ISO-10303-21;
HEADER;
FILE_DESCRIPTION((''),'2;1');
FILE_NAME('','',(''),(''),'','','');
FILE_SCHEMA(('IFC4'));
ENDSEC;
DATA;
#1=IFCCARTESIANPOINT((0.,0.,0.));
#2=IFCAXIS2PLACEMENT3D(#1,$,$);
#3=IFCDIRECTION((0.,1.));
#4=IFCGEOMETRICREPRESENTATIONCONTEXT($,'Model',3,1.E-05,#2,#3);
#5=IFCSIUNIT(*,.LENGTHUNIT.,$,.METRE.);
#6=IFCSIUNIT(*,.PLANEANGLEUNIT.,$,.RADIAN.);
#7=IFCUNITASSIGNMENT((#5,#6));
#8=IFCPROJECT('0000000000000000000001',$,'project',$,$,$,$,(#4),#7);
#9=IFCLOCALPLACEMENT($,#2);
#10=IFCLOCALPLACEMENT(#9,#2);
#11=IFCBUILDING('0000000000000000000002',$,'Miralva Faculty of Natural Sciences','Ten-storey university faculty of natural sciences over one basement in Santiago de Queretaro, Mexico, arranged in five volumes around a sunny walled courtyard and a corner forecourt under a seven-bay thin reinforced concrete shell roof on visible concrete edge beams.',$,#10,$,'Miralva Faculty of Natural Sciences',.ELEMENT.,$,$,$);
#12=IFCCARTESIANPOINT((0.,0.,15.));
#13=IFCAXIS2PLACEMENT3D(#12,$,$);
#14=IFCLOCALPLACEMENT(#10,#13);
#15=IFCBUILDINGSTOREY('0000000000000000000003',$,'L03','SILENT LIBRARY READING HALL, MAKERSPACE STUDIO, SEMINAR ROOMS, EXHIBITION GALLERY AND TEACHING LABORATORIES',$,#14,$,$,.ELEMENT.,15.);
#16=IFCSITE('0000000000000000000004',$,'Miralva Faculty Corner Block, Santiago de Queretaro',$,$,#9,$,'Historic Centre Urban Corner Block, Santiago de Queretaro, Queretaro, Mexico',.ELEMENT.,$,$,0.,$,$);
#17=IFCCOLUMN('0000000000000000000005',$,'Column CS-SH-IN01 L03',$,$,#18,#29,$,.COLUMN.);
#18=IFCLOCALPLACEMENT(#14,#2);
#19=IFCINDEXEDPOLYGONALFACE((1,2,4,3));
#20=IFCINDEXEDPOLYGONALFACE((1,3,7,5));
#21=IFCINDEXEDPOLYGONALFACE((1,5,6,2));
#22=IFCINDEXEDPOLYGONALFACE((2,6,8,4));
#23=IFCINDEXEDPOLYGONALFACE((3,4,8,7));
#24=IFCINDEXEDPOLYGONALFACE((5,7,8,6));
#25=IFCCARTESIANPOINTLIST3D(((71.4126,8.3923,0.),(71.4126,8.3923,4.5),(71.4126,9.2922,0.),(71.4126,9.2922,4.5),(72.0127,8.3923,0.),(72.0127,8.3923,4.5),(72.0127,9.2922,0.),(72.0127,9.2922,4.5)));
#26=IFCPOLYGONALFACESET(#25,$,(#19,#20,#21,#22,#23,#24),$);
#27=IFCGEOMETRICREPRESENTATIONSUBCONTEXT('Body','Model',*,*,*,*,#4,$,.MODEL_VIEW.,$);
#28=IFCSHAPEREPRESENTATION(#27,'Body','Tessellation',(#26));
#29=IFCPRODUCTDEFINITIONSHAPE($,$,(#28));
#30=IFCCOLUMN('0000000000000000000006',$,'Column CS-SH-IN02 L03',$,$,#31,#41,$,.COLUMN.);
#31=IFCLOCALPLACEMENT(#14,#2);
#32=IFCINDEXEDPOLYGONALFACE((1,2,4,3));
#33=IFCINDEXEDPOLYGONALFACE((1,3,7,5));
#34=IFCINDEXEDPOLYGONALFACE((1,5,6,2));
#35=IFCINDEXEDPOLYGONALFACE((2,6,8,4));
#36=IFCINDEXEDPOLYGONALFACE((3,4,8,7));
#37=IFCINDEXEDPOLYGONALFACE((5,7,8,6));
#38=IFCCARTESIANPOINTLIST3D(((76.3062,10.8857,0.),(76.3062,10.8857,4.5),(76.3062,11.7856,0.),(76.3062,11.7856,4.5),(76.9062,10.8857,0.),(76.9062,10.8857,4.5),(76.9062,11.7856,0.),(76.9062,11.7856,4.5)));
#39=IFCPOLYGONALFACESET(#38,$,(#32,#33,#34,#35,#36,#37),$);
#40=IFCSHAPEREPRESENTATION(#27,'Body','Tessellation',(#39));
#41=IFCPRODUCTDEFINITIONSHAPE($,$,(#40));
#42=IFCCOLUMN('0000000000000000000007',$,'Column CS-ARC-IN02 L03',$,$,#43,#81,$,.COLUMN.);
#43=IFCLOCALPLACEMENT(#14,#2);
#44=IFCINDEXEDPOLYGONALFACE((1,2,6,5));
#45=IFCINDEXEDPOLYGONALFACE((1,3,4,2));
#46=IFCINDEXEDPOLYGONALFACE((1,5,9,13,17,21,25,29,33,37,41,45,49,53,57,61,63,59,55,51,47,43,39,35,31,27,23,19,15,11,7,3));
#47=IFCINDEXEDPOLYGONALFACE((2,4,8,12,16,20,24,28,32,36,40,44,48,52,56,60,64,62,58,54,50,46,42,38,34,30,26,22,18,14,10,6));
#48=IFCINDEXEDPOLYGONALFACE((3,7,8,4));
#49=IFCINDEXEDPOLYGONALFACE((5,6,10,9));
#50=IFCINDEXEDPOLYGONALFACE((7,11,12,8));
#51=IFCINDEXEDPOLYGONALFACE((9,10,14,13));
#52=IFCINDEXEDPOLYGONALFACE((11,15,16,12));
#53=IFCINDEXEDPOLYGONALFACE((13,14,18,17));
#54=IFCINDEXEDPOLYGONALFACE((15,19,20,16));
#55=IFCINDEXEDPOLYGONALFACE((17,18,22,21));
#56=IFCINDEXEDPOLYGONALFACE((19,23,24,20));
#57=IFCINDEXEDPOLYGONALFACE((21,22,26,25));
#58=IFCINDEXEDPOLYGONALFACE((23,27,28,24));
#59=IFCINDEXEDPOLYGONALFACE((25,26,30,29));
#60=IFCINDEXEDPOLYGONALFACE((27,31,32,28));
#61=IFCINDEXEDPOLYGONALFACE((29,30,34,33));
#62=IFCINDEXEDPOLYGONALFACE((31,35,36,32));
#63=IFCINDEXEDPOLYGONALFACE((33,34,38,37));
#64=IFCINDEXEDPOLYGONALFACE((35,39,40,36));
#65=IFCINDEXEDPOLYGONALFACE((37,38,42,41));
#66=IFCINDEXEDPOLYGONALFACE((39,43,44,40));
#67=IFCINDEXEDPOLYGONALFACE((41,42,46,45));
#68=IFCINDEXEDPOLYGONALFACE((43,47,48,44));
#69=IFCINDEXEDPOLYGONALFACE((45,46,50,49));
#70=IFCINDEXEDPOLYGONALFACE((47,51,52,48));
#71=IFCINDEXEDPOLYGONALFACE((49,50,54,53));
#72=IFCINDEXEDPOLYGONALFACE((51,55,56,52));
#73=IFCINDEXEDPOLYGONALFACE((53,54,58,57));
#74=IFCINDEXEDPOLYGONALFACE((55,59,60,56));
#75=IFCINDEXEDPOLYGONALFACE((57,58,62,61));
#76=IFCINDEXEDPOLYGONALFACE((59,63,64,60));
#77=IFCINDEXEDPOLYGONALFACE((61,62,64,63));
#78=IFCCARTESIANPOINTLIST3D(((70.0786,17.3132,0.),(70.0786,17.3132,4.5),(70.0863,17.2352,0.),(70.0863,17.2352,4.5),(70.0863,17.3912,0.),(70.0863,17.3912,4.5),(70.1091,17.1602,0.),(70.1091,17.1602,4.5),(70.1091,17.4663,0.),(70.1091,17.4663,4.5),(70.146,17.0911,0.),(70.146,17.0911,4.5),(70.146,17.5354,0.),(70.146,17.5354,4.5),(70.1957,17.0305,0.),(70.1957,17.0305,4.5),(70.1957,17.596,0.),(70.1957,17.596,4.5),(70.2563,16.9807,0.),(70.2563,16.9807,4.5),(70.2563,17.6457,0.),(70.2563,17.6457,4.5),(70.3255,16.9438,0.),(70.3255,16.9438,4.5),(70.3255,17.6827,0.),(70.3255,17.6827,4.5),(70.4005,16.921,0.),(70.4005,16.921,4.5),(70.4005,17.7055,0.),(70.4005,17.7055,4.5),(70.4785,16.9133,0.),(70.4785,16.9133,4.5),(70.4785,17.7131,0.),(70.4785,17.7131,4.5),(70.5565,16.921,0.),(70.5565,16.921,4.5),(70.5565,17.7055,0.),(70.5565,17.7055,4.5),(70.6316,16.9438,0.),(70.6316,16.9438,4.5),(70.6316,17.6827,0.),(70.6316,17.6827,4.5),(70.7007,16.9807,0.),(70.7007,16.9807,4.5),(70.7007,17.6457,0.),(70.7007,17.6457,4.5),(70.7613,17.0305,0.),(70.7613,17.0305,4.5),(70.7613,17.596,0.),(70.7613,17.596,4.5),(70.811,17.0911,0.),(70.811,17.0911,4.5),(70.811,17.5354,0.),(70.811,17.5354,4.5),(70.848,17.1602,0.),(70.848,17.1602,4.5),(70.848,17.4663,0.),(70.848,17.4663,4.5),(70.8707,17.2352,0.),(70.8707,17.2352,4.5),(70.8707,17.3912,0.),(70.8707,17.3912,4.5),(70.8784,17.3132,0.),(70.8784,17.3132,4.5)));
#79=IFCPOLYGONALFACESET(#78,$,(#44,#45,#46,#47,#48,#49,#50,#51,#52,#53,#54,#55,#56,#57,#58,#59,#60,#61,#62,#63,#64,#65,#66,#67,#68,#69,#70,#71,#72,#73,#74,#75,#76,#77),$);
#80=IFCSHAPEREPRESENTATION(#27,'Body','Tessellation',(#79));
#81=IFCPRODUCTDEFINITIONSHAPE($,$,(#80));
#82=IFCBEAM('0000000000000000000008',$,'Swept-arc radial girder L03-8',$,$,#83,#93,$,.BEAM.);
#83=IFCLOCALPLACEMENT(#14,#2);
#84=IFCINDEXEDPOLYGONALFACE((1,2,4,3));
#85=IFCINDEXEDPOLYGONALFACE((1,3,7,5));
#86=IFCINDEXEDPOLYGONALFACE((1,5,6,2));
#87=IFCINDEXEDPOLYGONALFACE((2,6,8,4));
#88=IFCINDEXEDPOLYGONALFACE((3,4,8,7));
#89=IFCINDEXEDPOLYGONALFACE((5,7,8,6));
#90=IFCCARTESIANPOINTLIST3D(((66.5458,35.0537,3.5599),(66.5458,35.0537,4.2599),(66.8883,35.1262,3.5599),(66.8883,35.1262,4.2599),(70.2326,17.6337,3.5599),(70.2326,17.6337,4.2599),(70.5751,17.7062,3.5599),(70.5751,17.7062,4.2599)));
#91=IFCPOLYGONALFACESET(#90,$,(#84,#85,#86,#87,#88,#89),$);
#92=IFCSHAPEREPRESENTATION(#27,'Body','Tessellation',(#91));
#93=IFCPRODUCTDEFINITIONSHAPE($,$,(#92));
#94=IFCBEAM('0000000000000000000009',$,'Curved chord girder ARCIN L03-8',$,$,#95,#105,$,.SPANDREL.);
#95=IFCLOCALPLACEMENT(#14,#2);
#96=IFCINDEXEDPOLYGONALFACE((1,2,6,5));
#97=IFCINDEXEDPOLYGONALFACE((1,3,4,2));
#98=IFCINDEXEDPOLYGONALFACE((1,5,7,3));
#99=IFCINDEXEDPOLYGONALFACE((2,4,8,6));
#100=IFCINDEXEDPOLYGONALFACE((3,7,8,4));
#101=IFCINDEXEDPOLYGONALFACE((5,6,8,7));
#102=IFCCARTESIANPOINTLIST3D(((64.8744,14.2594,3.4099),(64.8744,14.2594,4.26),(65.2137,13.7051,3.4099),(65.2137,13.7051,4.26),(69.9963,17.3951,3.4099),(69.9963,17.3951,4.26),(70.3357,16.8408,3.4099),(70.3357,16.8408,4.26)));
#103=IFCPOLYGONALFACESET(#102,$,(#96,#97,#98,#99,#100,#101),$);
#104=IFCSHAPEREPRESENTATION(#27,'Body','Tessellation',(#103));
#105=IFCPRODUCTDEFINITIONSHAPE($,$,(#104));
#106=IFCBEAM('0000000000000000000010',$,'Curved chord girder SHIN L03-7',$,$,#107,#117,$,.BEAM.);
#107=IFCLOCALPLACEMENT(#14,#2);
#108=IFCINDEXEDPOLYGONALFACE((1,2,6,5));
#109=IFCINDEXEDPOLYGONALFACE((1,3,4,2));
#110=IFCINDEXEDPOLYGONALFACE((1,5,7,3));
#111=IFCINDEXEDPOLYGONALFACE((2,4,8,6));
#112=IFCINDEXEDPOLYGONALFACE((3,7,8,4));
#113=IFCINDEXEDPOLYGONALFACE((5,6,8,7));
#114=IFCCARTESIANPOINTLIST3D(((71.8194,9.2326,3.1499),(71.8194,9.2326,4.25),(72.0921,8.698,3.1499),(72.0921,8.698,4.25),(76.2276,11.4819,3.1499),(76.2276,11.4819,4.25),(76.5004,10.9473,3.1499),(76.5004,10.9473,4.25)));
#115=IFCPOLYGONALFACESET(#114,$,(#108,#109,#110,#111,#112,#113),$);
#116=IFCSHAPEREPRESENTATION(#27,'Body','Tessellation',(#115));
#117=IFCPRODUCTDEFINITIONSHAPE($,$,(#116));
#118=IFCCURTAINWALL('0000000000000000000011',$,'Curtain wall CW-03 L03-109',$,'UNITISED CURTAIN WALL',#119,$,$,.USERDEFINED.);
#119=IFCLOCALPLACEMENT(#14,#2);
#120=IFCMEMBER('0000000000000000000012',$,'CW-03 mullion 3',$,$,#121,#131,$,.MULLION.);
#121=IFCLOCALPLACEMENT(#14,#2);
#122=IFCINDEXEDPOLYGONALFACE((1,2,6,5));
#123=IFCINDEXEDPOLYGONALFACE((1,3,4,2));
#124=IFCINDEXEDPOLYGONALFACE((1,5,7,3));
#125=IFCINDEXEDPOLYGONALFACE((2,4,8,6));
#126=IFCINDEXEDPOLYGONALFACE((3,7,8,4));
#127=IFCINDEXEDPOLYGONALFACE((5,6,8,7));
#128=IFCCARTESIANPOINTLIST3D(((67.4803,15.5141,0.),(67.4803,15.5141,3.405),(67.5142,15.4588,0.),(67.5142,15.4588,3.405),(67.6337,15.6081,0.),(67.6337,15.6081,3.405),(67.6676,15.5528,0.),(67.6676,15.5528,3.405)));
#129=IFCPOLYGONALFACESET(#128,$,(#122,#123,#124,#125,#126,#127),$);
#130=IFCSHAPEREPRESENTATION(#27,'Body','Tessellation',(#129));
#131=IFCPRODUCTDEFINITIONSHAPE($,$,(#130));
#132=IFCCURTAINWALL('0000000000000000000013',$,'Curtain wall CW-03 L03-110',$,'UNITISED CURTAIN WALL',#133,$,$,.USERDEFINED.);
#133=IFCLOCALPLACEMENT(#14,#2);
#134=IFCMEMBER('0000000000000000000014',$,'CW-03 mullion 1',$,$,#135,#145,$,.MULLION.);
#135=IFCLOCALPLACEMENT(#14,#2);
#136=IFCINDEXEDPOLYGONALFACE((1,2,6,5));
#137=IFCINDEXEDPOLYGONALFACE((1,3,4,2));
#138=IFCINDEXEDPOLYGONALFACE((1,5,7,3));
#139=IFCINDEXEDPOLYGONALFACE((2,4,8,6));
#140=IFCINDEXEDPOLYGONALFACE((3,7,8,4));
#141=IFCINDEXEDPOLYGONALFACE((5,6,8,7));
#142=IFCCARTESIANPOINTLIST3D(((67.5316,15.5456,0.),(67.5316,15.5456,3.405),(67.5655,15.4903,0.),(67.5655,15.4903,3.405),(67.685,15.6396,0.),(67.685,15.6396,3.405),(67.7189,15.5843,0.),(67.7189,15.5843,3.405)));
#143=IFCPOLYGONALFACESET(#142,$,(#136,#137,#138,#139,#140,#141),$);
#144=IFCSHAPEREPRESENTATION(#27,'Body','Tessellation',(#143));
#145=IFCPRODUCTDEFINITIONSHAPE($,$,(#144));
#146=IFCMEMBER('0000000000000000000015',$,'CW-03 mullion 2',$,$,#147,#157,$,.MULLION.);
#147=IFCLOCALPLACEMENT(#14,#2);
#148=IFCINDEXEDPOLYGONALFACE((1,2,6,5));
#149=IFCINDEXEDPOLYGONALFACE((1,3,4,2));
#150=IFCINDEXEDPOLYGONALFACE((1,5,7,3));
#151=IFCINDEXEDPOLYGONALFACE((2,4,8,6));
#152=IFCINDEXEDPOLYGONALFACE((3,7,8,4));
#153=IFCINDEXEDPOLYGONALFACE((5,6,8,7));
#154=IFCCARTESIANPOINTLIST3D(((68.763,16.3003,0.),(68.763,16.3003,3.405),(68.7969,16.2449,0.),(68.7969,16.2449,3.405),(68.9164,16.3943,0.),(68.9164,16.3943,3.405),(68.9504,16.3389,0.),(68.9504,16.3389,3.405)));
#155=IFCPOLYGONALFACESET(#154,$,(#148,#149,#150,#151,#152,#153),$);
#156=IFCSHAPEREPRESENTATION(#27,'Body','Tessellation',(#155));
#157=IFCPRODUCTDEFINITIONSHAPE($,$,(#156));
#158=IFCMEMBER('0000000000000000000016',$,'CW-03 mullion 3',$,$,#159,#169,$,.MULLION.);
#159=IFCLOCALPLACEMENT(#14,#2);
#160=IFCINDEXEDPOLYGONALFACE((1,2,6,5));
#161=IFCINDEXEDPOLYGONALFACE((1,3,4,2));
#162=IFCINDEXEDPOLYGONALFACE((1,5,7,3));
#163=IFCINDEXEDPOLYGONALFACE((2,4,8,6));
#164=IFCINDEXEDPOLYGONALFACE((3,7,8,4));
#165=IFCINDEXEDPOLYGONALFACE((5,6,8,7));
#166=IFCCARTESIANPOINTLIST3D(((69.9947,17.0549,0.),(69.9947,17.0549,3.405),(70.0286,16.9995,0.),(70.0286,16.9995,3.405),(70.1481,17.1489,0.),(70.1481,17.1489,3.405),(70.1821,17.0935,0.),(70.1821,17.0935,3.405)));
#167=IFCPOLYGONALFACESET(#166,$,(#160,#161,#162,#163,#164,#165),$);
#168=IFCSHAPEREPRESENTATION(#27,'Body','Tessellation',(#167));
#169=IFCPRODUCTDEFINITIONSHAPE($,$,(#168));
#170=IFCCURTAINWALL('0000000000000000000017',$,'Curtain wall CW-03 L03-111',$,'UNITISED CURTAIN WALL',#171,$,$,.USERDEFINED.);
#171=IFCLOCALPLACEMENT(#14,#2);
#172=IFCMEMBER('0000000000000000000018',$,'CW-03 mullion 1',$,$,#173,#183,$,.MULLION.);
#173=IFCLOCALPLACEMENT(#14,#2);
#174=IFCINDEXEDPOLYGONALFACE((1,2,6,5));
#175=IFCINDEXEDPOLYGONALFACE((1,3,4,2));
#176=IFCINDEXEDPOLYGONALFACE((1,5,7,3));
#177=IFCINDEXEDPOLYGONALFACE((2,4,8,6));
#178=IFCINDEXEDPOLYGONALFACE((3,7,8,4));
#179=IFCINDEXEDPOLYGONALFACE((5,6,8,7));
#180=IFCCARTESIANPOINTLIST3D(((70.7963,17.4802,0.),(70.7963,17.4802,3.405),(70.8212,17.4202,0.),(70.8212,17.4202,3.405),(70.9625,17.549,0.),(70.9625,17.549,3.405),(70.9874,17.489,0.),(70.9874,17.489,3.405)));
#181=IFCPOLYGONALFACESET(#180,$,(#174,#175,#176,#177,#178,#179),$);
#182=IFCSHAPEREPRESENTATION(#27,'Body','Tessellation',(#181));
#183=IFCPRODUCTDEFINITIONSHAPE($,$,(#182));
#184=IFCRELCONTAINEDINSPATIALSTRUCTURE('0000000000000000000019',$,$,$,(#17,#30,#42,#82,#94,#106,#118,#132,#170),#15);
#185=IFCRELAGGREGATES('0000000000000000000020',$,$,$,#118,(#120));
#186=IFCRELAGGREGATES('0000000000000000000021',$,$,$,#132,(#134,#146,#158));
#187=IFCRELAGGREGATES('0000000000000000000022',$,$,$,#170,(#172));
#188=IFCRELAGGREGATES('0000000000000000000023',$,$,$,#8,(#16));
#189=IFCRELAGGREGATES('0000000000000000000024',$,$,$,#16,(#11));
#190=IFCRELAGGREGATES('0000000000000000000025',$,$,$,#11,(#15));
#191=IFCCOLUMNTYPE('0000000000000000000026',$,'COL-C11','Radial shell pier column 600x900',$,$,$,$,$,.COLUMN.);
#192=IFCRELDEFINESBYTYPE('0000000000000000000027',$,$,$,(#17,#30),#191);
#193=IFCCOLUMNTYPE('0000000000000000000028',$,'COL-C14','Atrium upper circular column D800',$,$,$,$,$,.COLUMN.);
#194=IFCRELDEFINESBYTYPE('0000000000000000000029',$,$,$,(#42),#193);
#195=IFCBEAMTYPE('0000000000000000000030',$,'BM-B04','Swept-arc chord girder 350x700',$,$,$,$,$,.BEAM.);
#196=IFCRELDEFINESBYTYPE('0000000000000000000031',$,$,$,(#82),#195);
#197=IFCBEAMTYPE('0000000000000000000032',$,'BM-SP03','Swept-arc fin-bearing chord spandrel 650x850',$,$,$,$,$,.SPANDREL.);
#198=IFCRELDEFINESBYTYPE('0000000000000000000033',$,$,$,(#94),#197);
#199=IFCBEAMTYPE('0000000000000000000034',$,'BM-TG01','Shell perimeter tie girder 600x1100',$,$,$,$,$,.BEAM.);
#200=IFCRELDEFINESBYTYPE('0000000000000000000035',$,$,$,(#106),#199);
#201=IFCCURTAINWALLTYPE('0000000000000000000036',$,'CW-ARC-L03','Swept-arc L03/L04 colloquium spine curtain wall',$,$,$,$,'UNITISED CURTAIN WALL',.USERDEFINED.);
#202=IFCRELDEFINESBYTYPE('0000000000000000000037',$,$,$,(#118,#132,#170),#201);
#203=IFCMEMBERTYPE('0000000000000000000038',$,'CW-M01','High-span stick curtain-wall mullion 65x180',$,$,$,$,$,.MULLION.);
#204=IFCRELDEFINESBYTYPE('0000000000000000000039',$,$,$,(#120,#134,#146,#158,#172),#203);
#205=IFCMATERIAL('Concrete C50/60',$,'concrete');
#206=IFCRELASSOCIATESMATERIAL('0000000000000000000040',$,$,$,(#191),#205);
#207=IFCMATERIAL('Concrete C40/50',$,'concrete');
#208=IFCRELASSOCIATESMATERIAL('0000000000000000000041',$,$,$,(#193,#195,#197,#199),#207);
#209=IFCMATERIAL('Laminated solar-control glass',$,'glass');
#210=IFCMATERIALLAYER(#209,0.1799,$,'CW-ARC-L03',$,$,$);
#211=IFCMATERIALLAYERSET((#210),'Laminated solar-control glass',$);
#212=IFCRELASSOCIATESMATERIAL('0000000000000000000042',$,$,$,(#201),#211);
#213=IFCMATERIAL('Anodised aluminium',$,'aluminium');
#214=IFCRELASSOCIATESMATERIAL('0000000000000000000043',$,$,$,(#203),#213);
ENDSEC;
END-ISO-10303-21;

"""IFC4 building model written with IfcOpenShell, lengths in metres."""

from ifc_helpers import new_model, si_unit, direction, frame, origin, origin_2d, place, context, subcontext, project, spatial, rectangle, circle, extrude, material, layer, layer_set, material_profile, profile_set, type_object, element, aggregate, save


model = new_model("IFC4")

# Units and contexts
model_context = context("Model", 3, precision=1e-05, world=origin(), true_north=direction((0.0, 1.0)))
body_context = subcontext(model_context, "Body", "Model", "MODEL_VIEW")
ifc_project = project(units=[si_unit("LENGTHUNIT", "METRE"), si_unit("PLANEANGLEUNIT", "RADIAN")], contexts=[model_context])

# Site, building, storey
site_placement = place(None, origin())
site = spatial("IfcSite", under=ifc_project, at=site_placement, Name="Miralva Faculty Corner Block, Santiago de Queretaro", LongName="Historic Centre Urban Corner Block, Santiago de Queretaro, Queretaro, Mexico", CompositionType="ELEMENT", RefElevation=0.0)
building_placement = place(site_placement, origin())
building = spatial("IfcBuilding", under=site, at=building_placement, Name="Miralva Faculty of Natural Sciences", Description="Ten-storey university faculty of natural sciences over one basement in Santiago de Queretaro, Mexico, arranged in five volumes around a sunny walled courtyard and a corner forecourt under a seven-bay thin reinforced concrete shell roof on visible concrete edge beams.", LongName="Miralva Faculty of Natural Sciences", CompositionType="ELEMENT")
storey_placement = place(building_placement, frame((0.0, 0.0, 15.0)))
storey = spatial("IfcBuildingStorey", under=building, at=storey_placement, Name="L03", Description="SILENT LIBRARY READING HALL, MAKERSPACE STUDIO, SEMINAR ROOMS, EXHIBITION GALLERY AND TEACHING LABORATORIES", CompositionType="ELEMENT", Elevation=15.0)

# Columns
ifc_material_1 = material(Name="Concrete C50/60", Category="concrete")
ifc_material_profile_1 = material_profile(ifc_material_1, rectangle(XDim=0.6001, YDim=0.8999, at=origin_2d()), Name="RC 600x900")
ifc_profile_set_1 = profile_set([ifc_material_profile_1], Name="Concrete C50/60")
column_type_1 = type_object("IfcColumnType", Name="COL-C11", Description="Radial shell pier column 600x900", PredefinedType="COLUMN", material=ifc_profile_set_1)
for number, where, z_axis, x_axis, name in (
    (1, (71.7126, 8.8423, 0.0), (0.0, 0.0, 1.0), (1.0, 0.0, 0.0), "Column CS-SH-IN01 L03"),
    (2, (76.6062, 11.3357, 0.0), (0.0, 0.0, 1.0), (1.0, 0.0, 0.0), "Column CS-SH-IN02 L03"),
):
    element("IfcColumn", number, at=place(storey_placement, frame(where, z_axis=z_axis, x_axis=x_axis)), inside=storey, type_object=column_type_1, Name=name, PredefinedType="COLUMN", context=body_context, shape_type="SweptSolid", body=[
        extrude(rectangle(XDim=0.6001, YDim=0.8999, at=origin_2d()), origin(), (0.0, 0.0, 1.0), 4.5),
    ])
ifc_material_2 = material(Name="Concrete C40/50", Category="concrete")
ifc_material_profile_2 = material_profile(ifc_material_2, circle(Radius=0.3999, at=origin_2d()), Name="RC DIA 800")
ifc_profile_set_2 = profile_set([ifc_material_profile_2], Name="Concrete C40/50")
column_type_2 = type_object("IfcColumnType", Name="COL-C14", Description="Atrium upper circular column D800", PredefinedType="COLUMN", material=ifc_profile_set_2)
column_placement = place(storey_placement, frame((70.4785, 17.3132, 0.0), z_axis=(0.0, 0.0, 1.0), x_axis=(1.0, 0.0, 0.0)))
element("IfcColumn", 3, at=column_placement, inside=storey, type_object=column_type_2, Name="Column CS-ARC-IN02 L03", PredefinedType="COLUMN", context=body_context, shape_type="SweptSolid", body=[
    extrude(circle(Radius=0.3999, at=origin_2d()), origin(), (0.0, 0.0, 1.0), 4.5),
])

# Beams
ifc_material_profile_3 = material_profile(ifc_material_2, rectangle(XDim=0.3501, YDim=0.7, at=origin_2d()), Name="RC 350x700")
ifc_profile_set_3 = profile_set([ifc_material_profile_3], Name="Concrete C40/50")
beam_type_1 = type_object("IfcBeamType", Name="BM-B04", Description="Swept-arc chord girder 350x700", PredefinedType="BEAM", material=ifc_profile_set_3)
beam_1_placement = place(storey_placement, frame((70.4038, 17.6699, 3.9099), z_axis=(-0.207052, 0.97833, 0.0), x_axis=(-0.97833, -0.207052, 0.0)))
element("IfcBeam", 4, at=beam_1_placement, inside=storey, type_object=beam_type_1, Name="Swept-arc radial girder L03-8", PredefinedType="BEAM", context=body_context, shape_type="SweptSolid", body=[
    extrude(rectangle(XDim=0.3501, YDim=0.7, at=origin_2d()), origin(), (0.0, 0.0, 1.0), 17.8059),
])
ifc_material_profile_4 = material_profile(ifc_material_2, rectangle(XDim=0.6499, YDim=0.8501, at=origin_2d()), Name="RC 650x850")
ifc_profile_set_4 = profile_set([ifc_material_profile_4], Name="Concrete C40/50")
beam_type_2 = type_object("IfcBeamType", Name="BM-SP03", Description="Swept-arc fin-bearing chord spandrel 650x850", PredefinedType="SPANDREL", material=ifc_profile_set_4)
beam_2_placement = place(storey_placement, frame((70.166, 17.1179, 3.835), z_axis=(-0.852868, -0.522127, 0.0), x_axis=(0.522127, -0.852868, 0.0)))
element("IfcBeam", 5, at=beam_2_placement, inside=storey, type_object=beam_type_2, Name="Curved chord girder ARCIN L03-8", PredefinedType="SPANDREL", context=body_context, shape_type="SweptSolid", body=[
    extrude(rectangle(XDim=0.6499, YDim=0.8501, at=origin_2d()), origin(), (0.0, 0.0, 1.0), 6.0056),
])
ifc_material_profile_5 = material_profile(ifc_material_2, rectangle(XDim=0.6001, YDim=1.1001, at=origin_2d()), Name="RC 600x1100")
ifc_profile_set_5 = profile_set([ifc_material_profile_5], Name="Concrete C40/50")
beam_type_3 = type_object("IfcBeamType", Name="BM-TG01", Description="Shell perimeter tie girder 600x1100", PredefinedType="BEAM", material=ifc_profile_set_5)
beam_3_placement = place(storey_placement, frame((76.364, 11.2146, 3.7), z_axis=(-0.890747, -0.4545, 0.0), x_axis=(0.4545, -0.890747, 0.0)))
element("IfcBeam", 6, at=beam_3_placement, inside=storey, type_object=beam_type_3, Name="Curved chord girder SHIN L03-7", PredefinedType="BEAM", context=body_context, shape_type="SweptSolid", body=[
    extrude(rectangle(XDim=0.6001, YDim=1.1001, at=origin_2d()), origin(), (0.0, 0.0, 1.0), 4.949),
])

# Curtain wall, member
ifc_material_3 = material(Name="Laminated solar-control glass", Category="glass")
ifc_layer_1 = layer(ifc_material_3, 0.1799, Name="CW-ARC-L03")
ifc_layer_set_1 = layer_set([ifc_layer_1], Name="Laminated solar-control glass")
curtain_wall_type = type_object("IfcCurtainWallType", Name="CW-ARC-L03", Description="Swept-arc L03/L04 colloquium spine curtain wall", ElementType="UNITISED CURTAIN WALL", PredefinedType="USERDEFINED", material=ifc_layer_set_1)
curtain_wall_1_placement = place(storey_placement, origin())
curtain_wall_1 = element("IfcCurtainWall", 7, at=curtain_wall_1_placement, inside=storey, type_object=curtain_wall_type, Name="Curtain wall CW-03 L03-109", ObjectType="UNITISED CURTAIN WALL", PredefinedType="USERDEFINED")
ifc_material_4 = material(Name="Anodised aluminium", Category="aluminium")
ifc_material_profile_6 = material_profile(ifc_material_4, rectangle(XDim=0.0649, YDim=0.1799, at=origin_2d()), Name="MULLION 65x180")
ifc_profile_set_6 = profile_set([ifc_material_profile_6], Name="Anodised aluminium")
member_type_1 = type_object("IfcMemberType", Name="CW-M01", Description="High-span stick curtain-wall mullion 65x180", PredefinedType="MULLION", material=ifc_profile_set_6)
member_1_placement = place(storey_placement, frame((67.574, 15.5334, 0.0), z_axis=(0.0, 0.0, 1.0), x_axis=(-0.522498, 0.852641, 0.0)))
member_1 = element("IfcMember", 8, at=member_1_placement, type_object=member_type_1, Name="CW-03 mullion 3", PredefinedType="MULLION", context=body_context, shape_type="SweptSolid", body=[
    extrude(rectangle(XDim=0.0649, YDim=0.1799, at=origin_2d()), origin(), (0.0, 0.0, 1.0), 3.405),
])

# Curtain wall, members
curtain_wall_2_placement = place(storey_placement, origin())
curtain_wall_2 = element("IfcCurtainWall", 9, at=curtain_wall_2_placement, inside=storey, type_object=curtain_wall_type, Name="Curtain wall CW-03 L03-110", ObjectType="UNITISED CURTAIN WALL", PredefinedType="USERDEFINED")
member_2_placement = place(storey_placement, frame((67.6252, 15.5649, 0.0), z_axis=(0.0, 0.0, 1.0), x_axis=(-0.522474, 0.852655, 0.0)))
member_2 = element("IfcMember", 10, at=member_2_placement, type_object=member_type_1, Name="CW-03 mullion 1", PredefinedType="MULLION", context=body_context, shape_type="SweptSolid", body=[
    extrude(rectangle(XDim=0.0649, YDim=0.1799, at=origin_2d()), origin(), (0.0, 0.0, 1.0), 3.405),
])
member_3_placement = place(storey_placement, frame((68.8567, 16.3196, 0.0), z_axis=(0.0, 0.0, 1.0), x_axis=(-0.522474, 0.852655, 0.0)))
member_3 = element("IfcMember", 11, at=member_3_placement, type_object=member_type_1, Name="CW-03 mullion 2", PredefinedType="MULLION", context=body_context, shape_type="SweptSolid", body=[
    extrude(rectangle(XDim=0.0649, YDim=0.1799, at=origin_2d()), origin(), (0.0, 0.0, 1.0), 3.405),
])
member_4_placement = place(storey_placement, frame((70.0884, 17.0742, 0.0), z_axis=(0.0, 0.0, 1.0), x_axis=(-0.522474, 0.852655, 0.0)))
member_4 = element("IfcMember", 12, at=member_4_placement, type_object=member_type_1, Name="CW-03 mullion 3", PredefinedType="MULLION", context=body_context, shape_type="SweptSolid", body=[
    extrude(rectangle(XDim=0.0649, YDim=0.1799, at=origin_2d()), origin(), (0.0, 0.0, 1.0), 3.405),
])

# Curtain wall, member
curtain_wall_3_placement = place(storey_placement, origin())
curtain_wall_3 = element("IfcCurtainWall", 13, at=curtain_wall_3_placement, inside=storey, type_object=curtain_wall_type, Name="Curtain wall CW-03 L03-111", ObjectType="UNITISED CURTAIN WALL", PredefinedType="USERDEFINED")
member_5_placement = place(storey_placement, frame((70.8918, 17.4846, 0.0), z_axis=(0.0, 0.0, 1.0), x_axis=(-0.382697, 0.923874, 0.0)))
member_5 = element("IfcMember", 14, at=member_5_placement, type_object=member_type_1, Name="CW-03 mullion 1", PredefinedType="MULLION", context=body_context, shape_type="SweptSolid", body=[
    extrude(rectangle(XDim=0.0649, YDim=0.1799, at=origin_2d()), origin(), (0.0, 0.0, 1.0), 3.405),
])

aggregate(curtain_wall_1, [member_1])
aggregate(curtain_wall_2, [member_2, member_3, member_4])
aggregate(curtain_wall_3, [member_5])

save(model, "model.ifc")
